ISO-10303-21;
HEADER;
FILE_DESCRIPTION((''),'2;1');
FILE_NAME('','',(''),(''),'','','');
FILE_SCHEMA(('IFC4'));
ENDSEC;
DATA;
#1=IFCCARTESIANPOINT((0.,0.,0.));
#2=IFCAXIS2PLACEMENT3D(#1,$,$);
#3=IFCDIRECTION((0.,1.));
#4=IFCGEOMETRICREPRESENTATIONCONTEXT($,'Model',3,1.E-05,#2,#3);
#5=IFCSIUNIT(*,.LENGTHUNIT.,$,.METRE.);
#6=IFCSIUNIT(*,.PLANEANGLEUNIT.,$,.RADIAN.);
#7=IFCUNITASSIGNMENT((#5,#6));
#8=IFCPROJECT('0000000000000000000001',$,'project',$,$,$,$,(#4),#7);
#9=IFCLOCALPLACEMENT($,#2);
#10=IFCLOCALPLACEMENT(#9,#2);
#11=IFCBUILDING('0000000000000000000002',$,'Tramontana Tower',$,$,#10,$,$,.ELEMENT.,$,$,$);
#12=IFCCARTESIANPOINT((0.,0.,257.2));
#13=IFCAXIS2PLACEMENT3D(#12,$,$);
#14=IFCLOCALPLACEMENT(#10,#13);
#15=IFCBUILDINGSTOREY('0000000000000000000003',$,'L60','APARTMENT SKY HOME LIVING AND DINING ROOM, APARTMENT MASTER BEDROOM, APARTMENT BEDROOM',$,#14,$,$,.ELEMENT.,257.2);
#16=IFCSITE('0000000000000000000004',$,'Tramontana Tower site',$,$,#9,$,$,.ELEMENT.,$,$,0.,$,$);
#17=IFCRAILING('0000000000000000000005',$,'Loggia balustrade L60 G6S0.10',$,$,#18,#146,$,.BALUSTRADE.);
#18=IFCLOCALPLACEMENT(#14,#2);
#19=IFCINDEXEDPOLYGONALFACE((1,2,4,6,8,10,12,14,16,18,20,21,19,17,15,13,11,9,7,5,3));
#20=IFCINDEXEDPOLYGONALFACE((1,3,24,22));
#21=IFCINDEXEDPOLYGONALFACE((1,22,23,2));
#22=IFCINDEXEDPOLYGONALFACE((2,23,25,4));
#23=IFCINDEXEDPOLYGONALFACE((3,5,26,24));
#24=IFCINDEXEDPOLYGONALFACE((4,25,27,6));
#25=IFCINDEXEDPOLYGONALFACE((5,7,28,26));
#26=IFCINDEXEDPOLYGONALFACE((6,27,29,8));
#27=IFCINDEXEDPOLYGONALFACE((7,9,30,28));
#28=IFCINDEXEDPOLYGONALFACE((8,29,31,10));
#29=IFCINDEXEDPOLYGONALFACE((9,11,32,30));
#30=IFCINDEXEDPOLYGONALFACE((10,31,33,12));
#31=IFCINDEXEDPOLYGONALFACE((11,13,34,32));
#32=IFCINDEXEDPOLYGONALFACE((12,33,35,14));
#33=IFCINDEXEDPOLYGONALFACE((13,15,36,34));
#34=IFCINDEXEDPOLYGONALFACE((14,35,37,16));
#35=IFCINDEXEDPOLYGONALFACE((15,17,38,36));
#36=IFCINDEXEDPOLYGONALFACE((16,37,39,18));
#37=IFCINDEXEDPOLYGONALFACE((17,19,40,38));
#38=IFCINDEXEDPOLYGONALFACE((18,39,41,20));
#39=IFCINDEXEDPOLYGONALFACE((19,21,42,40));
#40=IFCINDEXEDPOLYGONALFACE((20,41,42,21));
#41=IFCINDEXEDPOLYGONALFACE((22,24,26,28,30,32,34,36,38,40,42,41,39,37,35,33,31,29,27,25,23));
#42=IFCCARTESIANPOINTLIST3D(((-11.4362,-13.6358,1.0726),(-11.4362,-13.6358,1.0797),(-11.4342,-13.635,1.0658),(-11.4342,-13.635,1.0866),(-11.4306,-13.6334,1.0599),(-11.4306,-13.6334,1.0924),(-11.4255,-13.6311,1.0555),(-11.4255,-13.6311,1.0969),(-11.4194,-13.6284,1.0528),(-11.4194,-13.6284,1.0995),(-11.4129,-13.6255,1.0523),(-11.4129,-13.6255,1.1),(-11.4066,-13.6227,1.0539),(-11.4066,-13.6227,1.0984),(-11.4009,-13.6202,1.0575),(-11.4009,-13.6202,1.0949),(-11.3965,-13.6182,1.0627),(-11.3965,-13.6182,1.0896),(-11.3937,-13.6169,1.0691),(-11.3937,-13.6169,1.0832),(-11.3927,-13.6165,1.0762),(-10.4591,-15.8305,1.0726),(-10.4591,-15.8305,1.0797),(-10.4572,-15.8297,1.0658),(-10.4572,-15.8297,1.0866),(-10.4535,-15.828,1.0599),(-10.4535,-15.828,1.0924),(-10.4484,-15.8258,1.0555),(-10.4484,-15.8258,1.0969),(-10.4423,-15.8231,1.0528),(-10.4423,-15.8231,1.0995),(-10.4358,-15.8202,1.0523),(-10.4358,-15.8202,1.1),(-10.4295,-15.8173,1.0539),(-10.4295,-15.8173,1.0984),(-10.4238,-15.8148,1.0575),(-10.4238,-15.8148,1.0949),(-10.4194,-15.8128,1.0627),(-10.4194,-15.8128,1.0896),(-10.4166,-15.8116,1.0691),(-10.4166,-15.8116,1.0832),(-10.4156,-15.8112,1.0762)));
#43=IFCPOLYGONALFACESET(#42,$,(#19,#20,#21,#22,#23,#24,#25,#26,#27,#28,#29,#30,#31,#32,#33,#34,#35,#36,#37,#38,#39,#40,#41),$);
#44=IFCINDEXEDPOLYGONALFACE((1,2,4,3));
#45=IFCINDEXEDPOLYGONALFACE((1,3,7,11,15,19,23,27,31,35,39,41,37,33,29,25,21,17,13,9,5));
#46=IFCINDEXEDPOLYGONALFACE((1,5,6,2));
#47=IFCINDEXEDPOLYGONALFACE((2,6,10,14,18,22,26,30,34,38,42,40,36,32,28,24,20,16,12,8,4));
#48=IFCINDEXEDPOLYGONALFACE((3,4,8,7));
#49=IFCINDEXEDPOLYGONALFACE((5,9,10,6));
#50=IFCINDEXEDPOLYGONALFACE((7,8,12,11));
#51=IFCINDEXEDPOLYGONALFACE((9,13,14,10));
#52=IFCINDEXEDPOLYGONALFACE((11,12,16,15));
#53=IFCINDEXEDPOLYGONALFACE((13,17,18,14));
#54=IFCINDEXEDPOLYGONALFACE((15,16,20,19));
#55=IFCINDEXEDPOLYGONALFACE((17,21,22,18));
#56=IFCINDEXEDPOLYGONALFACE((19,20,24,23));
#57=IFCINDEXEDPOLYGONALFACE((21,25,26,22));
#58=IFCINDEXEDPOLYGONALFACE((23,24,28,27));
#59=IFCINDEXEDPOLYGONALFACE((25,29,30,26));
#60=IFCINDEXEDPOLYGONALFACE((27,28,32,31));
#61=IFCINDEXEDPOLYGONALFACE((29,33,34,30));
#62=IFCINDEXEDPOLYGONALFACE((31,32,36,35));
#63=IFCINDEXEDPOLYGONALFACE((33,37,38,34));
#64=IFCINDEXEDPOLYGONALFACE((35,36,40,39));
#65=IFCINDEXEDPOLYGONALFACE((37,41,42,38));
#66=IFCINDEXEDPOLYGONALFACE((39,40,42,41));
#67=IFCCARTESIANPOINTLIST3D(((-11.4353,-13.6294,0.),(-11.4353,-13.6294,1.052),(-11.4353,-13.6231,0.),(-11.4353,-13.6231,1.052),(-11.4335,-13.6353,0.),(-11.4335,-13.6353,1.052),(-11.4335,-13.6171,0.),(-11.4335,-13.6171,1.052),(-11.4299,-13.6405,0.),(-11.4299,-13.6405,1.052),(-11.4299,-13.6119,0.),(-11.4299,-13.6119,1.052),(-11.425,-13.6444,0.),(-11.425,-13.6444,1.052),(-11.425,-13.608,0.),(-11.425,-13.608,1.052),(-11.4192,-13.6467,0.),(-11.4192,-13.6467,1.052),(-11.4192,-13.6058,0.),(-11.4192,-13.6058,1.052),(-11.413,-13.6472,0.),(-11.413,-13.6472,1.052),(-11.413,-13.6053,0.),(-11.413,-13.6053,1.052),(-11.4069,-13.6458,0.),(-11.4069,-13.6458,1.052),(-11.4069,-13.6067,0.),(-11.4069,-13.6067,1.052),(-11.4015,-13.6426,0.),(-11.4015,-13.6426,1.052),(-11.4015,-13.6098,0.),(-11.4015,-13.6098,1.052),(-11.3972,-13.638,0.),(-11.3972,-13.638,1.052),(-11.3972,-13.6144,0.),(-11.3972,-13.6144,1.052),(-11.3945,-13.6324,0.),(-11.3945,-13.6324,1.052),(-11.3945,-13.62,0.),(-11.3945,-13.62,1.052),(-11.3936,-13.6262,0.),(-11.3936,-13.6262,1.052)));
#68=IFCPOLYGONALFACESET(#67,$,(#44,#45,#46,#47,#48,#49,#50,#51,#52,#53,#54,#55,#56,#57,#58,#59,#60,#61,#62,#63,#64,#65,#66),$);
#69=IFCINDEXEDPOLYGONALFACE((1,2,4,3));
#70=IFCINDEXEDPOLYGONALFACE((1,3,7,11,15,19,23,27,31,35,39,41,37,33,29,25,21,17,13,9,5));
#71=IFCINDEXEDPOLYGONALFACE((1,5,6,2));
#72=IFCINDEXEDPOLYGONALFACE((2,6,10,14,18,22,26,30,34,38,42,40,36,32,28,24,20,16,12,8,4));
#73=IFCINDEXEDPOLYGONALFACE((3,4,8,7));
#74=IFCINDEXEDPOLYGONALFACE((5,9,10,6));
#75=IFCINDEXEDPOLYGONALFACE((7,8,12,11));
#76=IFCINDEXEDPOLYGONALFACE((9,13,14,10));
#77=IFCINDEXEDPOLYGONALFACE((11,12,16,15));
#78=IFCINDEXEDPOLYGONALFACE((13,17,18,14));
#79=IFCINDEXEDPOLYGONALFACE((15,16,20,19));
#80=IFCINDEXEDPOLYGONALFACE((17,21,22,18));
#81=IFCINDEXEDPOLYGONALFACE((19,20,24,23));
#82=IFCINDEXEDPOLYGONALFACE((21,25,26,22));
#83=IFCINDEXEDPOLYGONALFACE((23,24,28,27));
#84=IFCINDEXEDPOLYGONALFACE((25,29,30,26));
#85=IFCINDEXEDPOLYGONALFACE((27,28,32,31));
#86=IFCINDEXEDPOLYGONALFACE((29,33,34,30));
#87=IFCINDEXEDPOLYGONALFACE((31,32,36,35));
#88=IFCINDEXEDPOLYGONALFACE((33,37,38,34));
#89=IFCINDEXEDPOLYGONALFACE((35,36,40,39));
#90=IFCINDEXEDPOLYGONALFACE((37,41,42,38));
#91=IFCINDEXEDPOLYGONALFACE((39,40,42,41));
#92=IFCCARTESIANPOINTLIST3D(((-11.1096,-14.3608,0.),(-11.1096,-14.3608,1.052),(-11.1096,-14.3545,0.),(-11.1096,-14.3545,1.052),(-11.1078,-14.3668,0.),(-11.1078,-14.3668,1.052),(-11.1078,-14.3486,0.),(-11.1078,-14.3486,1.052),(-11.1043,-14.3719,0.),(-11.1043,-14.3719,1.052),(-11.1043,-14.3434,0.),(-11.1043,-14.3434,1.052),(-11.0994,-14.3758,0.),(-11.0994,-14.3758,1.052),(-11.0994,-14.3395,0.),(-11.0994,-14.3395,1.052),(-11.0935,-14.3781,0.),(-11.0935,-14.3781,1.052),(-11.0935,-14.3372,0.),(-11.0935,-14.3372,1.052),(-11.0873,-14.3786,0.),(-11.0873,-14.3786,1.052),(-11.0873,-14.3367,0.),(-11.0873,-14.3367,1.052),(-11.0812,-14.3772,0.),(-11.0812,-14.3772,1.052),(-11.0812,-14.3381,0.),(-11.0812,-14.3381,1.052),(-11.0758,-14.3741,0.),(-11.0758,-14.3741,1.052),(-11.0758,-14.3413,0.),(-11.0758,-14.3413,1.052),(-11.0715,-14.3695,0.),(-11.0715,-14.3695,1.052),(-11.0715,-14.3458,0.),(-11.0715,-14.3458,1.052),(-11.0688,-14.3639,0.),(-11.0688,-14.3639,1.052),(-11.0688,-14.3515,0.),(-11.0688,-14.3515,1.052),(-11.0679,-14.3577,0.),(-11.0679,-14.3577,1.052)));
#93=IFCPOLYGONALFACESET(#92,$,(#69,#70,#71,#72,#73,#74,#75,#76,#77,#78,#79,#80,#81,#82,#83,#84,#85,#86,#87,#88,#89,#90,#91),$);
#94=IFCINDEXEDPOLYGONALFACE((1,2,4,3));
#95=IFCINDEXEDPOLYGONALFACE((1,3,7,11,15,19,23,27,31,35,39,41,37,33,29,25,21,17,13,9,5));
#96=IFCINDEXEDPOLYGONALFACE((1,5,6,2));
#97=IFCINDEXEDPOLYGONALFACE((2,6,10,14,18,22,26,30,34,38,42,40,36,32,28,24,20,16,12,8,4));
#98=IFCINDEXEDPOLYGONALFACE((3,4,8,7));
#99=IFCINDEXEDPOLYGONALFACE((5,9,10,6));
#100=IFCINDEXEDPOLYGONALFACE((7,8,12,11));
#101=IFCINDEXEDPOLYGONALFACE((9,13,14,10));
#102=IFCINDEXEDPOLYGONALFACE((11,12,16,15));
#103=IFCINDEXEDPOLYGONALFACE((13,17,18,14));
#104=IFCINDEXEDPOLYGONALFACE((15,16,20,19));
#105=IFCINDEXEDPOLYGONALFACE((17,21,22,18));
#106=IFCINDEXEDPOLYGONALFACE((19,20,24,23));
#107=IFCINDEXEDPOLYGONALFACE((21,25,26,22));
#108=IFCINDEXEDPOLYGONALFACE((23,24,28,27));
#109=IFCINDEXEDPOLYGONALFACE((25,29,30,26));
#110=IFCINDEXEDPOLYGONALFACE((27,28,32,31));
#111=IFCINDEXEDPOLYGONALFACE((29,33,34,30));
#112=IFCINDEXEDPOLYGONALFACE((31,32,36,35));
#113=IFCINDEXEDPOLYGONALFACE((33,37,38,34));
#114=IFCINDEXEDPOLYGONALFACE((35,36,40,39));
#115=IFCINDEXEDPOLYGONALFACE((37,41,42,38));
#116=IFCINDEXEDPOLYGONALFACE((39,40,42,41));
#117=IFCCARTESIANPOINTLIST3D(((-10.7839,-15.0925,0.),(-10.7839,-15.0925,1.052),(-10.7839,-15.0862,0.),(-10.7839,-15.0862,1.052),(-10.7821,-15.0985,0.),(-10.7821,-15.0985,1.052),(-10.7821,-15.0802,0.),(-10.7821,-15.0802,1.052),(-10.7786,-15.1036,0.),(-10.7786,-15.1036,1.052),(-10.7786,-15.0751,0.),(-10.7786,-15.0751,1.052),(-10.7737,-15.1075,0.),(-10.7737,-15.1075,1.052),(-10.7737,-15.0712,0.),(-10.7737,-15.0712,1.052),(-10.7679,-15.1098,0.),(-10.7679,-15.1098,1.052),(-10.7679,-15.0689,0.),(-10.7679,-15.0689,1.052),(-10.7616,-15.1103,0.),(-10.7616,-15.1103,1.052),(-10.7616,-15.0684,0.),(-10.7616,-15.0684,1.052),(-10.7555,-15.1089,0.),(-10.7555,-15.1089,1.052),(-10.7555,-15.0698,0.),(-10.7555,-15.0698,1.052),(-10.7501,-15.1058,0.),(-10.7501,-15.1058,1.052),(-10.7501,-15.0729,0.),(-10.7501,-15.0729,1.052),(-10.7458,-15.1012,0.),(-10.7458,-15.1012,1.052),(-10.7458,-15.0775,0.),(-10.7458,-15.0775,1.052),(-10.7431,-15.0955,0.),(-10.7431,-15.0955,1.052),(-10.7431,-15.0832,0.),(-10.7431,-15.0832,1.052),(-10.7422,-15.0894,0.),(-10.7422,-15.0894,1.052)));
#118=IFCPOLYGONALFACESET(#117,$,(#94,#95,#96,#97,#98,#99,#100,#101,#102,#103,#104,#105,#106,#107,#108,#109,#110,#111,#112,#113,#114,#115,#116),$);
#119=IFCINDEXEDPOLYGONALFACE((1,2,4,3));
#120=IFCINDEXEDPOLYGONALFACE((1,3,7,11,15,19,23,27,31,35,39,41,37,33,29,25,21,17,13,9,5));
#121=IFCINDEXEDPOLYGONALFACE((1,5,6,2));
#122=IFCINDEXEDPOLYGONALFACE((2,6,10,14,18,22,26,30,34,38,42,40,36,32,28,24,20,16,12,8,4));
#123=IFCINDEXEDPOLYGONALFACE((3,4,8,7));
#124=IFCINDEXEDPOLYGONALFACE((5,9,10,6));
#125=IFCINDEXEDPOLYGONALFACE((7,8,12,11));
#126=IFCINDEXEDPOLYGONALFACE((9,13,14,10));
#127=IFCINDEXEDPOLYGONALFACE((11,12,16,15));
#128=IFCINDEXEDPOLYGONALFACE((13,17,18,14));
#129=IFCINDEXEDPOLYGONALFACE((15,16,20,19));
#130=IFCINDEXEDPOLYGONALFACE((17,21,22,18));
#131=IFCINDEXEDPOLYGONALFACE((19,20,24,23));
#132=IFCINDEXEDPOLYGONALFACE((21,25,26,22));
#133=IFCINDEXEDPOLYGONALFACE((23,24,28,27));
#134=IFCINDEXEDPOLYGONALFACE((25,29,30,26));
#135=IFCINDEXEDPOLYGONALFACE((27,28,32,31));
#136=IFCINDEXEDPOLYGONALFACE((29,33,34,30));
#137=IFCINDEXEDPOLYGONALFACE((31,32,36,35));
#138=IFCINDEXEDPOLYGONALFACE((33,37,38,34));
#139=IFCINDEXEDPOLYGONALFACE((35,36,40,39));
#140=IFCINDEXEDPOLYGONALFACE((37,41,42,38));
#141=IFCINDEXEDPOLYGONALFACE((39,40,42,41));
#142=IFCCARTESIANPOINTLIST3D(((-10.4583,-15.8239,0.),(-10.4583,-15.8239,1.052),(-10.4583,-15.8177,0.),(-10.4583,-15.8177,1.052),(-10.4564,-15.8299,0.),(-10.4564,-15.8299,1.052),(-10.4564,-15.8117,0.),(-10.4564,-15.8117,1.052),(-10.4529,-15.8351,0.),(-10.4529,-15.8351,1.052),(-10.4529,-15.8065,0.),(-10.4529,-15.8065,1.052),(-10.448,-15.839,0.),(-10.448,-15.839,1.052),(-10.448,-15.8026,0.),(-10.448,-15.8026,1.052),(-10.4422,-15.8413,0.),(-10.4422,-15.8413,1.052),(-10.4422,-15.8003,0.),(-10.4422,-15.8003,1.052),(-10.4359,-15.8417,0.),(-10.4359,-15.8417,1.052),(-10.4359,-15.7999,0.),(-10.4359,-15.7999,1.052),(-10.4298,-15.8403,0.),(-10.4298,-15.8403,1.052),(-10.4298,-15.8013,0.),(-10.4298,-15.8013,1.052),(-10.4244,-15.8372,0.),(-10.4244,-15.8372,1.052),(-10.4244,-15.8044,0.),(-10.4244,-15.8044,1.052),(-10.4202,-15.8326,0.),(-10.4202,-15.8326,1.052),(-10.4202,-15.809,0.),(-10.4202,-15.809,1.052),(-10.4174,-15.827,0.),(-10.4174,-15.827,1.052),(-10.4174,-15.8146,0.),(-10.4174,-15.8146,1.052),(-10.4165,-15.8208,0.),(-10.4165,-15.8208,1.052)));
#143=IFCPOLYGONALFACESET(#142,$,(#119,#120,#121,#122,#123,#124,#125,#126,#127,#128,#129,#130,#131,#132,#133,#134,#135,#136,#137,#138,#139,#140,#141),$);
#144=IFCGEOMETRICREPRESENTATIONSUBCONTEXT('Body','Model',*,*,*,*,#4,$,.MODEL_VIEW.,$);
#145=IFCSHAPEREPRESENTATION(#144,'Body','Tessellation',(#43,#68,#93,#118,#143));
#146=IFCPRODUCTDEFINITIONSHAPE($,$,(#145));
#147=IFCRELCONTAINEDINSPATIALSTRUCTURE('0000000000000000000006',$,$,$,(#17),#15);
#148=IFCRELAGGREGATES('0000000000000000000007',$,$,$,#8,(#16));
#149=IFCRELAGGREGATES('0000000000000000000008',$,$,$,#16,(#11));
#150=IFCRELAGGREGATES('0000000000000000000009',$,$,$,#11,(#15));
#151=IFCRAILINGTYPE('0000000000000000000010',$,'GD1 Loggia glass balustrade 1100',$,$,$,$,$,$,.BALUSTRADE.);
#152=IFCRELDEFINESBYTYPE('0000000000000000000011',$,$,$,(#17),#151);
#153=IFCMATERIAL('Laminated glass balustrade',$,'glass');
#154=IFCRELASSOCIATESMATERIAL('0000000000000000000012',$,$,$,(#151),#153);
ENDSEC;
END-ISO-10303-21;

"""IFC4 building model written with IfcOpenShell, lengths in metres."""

from ifc_helpers import new_model, si_unit, direction, frame, origin, origin_2d, place, context, subcontext, project, spatial, circle, extrude, material, type_object, element, save


model = new_model("IFC4")

# Units and contexts
model_context = context("Model", 3, precision=1e-05, world=origin(), true_north=direction((0.0, 1.0)))
body_context = subcontext(model_context, "Body", "Model", "MODEL_VIEW")
ifc_project = project(units=[si_unit("LENGTHUNIT", "METRE"), si_unit("PLANEANGLEUNIT", "RADIAN")], contexts=[model_context])

# Site, building, storey
site_placement = place(None, origin())
site = spatial("IfcSite", under=ifc_project, at=site_placement, Name="Tramontana Tower site", CompositionType="ELEMENT", RefElevation=0.0)
building_placement = place(site_placement, origin())
building = spatial("IfcBuilding", under=site, at=building_placement, Name="Tramontana Tower", CompositionType="ELEMENT")
storey_placement = place(building_placement, frame((0.0, 0.0, 257.2)))
storey = spatial("IfcBuildingStorey", under=building, at=storey_placement, Name="L60", Description="APARTMENT SKY HOME LIVING AND DINING ROOM, APARTMENT MASTER BEDROOM, APARTMENT BEDROOM", CompositionType="ELEMENT", Elevation=257.2)

# Railing
ifc_material_1 = material(Name="Laminated glass balustrade", Category="glass")
railing_type = type_object("IfcRailingType", Name="GD1 Loggia glass balustrade 1100", PredefinedType="BALUSTRADE", material=ifc_material_1)
railing_placement = place(storey_placement, frame((-11.4146, -13.6262, 0.0)))
element("IfcRailing", 1, at=railing_placement, inside=storey, type_object=railing_type, Name="Loggia balustrade L60 G6S0.10", PredefinedType="BALUSTRADE", context=body_context, shape_type="SweptSolid", body=[
    extrude(circle(Radius=0.0239, at=origin_2d()), frame((0.0, 0.0, 1.0762), z_axis=(0.406723, -0.913552, 0.0), x_axis=(0.913552, 0.406723, 0.0)), (0.0, 0.0, 1.0), 2.4023),
    extrude(circle(Radius=0.021, at=origin_2d()), origin(), (0.0, 0.0, 1.0), 1.052),
    extrude(circle(Radius=0.021, at=origin_2d()), frame((0.3257, -0.7314, 0.0)), (0.0, 0.0, 1.0), 1.052),
    extrude(circle(Radius=0.021, at=origin_2d()), frame((0.6514, -1.4631, 0.0)), (0.0, 0.0, 1.0), 1.052),
    extrude(circle(Radius=0.021, at=origin_2d()), frame((0.9771, -2.1946, 0.0)), (0.0, 0.0, 1.0), 1.052),
])

save(model, "model.ifc")
